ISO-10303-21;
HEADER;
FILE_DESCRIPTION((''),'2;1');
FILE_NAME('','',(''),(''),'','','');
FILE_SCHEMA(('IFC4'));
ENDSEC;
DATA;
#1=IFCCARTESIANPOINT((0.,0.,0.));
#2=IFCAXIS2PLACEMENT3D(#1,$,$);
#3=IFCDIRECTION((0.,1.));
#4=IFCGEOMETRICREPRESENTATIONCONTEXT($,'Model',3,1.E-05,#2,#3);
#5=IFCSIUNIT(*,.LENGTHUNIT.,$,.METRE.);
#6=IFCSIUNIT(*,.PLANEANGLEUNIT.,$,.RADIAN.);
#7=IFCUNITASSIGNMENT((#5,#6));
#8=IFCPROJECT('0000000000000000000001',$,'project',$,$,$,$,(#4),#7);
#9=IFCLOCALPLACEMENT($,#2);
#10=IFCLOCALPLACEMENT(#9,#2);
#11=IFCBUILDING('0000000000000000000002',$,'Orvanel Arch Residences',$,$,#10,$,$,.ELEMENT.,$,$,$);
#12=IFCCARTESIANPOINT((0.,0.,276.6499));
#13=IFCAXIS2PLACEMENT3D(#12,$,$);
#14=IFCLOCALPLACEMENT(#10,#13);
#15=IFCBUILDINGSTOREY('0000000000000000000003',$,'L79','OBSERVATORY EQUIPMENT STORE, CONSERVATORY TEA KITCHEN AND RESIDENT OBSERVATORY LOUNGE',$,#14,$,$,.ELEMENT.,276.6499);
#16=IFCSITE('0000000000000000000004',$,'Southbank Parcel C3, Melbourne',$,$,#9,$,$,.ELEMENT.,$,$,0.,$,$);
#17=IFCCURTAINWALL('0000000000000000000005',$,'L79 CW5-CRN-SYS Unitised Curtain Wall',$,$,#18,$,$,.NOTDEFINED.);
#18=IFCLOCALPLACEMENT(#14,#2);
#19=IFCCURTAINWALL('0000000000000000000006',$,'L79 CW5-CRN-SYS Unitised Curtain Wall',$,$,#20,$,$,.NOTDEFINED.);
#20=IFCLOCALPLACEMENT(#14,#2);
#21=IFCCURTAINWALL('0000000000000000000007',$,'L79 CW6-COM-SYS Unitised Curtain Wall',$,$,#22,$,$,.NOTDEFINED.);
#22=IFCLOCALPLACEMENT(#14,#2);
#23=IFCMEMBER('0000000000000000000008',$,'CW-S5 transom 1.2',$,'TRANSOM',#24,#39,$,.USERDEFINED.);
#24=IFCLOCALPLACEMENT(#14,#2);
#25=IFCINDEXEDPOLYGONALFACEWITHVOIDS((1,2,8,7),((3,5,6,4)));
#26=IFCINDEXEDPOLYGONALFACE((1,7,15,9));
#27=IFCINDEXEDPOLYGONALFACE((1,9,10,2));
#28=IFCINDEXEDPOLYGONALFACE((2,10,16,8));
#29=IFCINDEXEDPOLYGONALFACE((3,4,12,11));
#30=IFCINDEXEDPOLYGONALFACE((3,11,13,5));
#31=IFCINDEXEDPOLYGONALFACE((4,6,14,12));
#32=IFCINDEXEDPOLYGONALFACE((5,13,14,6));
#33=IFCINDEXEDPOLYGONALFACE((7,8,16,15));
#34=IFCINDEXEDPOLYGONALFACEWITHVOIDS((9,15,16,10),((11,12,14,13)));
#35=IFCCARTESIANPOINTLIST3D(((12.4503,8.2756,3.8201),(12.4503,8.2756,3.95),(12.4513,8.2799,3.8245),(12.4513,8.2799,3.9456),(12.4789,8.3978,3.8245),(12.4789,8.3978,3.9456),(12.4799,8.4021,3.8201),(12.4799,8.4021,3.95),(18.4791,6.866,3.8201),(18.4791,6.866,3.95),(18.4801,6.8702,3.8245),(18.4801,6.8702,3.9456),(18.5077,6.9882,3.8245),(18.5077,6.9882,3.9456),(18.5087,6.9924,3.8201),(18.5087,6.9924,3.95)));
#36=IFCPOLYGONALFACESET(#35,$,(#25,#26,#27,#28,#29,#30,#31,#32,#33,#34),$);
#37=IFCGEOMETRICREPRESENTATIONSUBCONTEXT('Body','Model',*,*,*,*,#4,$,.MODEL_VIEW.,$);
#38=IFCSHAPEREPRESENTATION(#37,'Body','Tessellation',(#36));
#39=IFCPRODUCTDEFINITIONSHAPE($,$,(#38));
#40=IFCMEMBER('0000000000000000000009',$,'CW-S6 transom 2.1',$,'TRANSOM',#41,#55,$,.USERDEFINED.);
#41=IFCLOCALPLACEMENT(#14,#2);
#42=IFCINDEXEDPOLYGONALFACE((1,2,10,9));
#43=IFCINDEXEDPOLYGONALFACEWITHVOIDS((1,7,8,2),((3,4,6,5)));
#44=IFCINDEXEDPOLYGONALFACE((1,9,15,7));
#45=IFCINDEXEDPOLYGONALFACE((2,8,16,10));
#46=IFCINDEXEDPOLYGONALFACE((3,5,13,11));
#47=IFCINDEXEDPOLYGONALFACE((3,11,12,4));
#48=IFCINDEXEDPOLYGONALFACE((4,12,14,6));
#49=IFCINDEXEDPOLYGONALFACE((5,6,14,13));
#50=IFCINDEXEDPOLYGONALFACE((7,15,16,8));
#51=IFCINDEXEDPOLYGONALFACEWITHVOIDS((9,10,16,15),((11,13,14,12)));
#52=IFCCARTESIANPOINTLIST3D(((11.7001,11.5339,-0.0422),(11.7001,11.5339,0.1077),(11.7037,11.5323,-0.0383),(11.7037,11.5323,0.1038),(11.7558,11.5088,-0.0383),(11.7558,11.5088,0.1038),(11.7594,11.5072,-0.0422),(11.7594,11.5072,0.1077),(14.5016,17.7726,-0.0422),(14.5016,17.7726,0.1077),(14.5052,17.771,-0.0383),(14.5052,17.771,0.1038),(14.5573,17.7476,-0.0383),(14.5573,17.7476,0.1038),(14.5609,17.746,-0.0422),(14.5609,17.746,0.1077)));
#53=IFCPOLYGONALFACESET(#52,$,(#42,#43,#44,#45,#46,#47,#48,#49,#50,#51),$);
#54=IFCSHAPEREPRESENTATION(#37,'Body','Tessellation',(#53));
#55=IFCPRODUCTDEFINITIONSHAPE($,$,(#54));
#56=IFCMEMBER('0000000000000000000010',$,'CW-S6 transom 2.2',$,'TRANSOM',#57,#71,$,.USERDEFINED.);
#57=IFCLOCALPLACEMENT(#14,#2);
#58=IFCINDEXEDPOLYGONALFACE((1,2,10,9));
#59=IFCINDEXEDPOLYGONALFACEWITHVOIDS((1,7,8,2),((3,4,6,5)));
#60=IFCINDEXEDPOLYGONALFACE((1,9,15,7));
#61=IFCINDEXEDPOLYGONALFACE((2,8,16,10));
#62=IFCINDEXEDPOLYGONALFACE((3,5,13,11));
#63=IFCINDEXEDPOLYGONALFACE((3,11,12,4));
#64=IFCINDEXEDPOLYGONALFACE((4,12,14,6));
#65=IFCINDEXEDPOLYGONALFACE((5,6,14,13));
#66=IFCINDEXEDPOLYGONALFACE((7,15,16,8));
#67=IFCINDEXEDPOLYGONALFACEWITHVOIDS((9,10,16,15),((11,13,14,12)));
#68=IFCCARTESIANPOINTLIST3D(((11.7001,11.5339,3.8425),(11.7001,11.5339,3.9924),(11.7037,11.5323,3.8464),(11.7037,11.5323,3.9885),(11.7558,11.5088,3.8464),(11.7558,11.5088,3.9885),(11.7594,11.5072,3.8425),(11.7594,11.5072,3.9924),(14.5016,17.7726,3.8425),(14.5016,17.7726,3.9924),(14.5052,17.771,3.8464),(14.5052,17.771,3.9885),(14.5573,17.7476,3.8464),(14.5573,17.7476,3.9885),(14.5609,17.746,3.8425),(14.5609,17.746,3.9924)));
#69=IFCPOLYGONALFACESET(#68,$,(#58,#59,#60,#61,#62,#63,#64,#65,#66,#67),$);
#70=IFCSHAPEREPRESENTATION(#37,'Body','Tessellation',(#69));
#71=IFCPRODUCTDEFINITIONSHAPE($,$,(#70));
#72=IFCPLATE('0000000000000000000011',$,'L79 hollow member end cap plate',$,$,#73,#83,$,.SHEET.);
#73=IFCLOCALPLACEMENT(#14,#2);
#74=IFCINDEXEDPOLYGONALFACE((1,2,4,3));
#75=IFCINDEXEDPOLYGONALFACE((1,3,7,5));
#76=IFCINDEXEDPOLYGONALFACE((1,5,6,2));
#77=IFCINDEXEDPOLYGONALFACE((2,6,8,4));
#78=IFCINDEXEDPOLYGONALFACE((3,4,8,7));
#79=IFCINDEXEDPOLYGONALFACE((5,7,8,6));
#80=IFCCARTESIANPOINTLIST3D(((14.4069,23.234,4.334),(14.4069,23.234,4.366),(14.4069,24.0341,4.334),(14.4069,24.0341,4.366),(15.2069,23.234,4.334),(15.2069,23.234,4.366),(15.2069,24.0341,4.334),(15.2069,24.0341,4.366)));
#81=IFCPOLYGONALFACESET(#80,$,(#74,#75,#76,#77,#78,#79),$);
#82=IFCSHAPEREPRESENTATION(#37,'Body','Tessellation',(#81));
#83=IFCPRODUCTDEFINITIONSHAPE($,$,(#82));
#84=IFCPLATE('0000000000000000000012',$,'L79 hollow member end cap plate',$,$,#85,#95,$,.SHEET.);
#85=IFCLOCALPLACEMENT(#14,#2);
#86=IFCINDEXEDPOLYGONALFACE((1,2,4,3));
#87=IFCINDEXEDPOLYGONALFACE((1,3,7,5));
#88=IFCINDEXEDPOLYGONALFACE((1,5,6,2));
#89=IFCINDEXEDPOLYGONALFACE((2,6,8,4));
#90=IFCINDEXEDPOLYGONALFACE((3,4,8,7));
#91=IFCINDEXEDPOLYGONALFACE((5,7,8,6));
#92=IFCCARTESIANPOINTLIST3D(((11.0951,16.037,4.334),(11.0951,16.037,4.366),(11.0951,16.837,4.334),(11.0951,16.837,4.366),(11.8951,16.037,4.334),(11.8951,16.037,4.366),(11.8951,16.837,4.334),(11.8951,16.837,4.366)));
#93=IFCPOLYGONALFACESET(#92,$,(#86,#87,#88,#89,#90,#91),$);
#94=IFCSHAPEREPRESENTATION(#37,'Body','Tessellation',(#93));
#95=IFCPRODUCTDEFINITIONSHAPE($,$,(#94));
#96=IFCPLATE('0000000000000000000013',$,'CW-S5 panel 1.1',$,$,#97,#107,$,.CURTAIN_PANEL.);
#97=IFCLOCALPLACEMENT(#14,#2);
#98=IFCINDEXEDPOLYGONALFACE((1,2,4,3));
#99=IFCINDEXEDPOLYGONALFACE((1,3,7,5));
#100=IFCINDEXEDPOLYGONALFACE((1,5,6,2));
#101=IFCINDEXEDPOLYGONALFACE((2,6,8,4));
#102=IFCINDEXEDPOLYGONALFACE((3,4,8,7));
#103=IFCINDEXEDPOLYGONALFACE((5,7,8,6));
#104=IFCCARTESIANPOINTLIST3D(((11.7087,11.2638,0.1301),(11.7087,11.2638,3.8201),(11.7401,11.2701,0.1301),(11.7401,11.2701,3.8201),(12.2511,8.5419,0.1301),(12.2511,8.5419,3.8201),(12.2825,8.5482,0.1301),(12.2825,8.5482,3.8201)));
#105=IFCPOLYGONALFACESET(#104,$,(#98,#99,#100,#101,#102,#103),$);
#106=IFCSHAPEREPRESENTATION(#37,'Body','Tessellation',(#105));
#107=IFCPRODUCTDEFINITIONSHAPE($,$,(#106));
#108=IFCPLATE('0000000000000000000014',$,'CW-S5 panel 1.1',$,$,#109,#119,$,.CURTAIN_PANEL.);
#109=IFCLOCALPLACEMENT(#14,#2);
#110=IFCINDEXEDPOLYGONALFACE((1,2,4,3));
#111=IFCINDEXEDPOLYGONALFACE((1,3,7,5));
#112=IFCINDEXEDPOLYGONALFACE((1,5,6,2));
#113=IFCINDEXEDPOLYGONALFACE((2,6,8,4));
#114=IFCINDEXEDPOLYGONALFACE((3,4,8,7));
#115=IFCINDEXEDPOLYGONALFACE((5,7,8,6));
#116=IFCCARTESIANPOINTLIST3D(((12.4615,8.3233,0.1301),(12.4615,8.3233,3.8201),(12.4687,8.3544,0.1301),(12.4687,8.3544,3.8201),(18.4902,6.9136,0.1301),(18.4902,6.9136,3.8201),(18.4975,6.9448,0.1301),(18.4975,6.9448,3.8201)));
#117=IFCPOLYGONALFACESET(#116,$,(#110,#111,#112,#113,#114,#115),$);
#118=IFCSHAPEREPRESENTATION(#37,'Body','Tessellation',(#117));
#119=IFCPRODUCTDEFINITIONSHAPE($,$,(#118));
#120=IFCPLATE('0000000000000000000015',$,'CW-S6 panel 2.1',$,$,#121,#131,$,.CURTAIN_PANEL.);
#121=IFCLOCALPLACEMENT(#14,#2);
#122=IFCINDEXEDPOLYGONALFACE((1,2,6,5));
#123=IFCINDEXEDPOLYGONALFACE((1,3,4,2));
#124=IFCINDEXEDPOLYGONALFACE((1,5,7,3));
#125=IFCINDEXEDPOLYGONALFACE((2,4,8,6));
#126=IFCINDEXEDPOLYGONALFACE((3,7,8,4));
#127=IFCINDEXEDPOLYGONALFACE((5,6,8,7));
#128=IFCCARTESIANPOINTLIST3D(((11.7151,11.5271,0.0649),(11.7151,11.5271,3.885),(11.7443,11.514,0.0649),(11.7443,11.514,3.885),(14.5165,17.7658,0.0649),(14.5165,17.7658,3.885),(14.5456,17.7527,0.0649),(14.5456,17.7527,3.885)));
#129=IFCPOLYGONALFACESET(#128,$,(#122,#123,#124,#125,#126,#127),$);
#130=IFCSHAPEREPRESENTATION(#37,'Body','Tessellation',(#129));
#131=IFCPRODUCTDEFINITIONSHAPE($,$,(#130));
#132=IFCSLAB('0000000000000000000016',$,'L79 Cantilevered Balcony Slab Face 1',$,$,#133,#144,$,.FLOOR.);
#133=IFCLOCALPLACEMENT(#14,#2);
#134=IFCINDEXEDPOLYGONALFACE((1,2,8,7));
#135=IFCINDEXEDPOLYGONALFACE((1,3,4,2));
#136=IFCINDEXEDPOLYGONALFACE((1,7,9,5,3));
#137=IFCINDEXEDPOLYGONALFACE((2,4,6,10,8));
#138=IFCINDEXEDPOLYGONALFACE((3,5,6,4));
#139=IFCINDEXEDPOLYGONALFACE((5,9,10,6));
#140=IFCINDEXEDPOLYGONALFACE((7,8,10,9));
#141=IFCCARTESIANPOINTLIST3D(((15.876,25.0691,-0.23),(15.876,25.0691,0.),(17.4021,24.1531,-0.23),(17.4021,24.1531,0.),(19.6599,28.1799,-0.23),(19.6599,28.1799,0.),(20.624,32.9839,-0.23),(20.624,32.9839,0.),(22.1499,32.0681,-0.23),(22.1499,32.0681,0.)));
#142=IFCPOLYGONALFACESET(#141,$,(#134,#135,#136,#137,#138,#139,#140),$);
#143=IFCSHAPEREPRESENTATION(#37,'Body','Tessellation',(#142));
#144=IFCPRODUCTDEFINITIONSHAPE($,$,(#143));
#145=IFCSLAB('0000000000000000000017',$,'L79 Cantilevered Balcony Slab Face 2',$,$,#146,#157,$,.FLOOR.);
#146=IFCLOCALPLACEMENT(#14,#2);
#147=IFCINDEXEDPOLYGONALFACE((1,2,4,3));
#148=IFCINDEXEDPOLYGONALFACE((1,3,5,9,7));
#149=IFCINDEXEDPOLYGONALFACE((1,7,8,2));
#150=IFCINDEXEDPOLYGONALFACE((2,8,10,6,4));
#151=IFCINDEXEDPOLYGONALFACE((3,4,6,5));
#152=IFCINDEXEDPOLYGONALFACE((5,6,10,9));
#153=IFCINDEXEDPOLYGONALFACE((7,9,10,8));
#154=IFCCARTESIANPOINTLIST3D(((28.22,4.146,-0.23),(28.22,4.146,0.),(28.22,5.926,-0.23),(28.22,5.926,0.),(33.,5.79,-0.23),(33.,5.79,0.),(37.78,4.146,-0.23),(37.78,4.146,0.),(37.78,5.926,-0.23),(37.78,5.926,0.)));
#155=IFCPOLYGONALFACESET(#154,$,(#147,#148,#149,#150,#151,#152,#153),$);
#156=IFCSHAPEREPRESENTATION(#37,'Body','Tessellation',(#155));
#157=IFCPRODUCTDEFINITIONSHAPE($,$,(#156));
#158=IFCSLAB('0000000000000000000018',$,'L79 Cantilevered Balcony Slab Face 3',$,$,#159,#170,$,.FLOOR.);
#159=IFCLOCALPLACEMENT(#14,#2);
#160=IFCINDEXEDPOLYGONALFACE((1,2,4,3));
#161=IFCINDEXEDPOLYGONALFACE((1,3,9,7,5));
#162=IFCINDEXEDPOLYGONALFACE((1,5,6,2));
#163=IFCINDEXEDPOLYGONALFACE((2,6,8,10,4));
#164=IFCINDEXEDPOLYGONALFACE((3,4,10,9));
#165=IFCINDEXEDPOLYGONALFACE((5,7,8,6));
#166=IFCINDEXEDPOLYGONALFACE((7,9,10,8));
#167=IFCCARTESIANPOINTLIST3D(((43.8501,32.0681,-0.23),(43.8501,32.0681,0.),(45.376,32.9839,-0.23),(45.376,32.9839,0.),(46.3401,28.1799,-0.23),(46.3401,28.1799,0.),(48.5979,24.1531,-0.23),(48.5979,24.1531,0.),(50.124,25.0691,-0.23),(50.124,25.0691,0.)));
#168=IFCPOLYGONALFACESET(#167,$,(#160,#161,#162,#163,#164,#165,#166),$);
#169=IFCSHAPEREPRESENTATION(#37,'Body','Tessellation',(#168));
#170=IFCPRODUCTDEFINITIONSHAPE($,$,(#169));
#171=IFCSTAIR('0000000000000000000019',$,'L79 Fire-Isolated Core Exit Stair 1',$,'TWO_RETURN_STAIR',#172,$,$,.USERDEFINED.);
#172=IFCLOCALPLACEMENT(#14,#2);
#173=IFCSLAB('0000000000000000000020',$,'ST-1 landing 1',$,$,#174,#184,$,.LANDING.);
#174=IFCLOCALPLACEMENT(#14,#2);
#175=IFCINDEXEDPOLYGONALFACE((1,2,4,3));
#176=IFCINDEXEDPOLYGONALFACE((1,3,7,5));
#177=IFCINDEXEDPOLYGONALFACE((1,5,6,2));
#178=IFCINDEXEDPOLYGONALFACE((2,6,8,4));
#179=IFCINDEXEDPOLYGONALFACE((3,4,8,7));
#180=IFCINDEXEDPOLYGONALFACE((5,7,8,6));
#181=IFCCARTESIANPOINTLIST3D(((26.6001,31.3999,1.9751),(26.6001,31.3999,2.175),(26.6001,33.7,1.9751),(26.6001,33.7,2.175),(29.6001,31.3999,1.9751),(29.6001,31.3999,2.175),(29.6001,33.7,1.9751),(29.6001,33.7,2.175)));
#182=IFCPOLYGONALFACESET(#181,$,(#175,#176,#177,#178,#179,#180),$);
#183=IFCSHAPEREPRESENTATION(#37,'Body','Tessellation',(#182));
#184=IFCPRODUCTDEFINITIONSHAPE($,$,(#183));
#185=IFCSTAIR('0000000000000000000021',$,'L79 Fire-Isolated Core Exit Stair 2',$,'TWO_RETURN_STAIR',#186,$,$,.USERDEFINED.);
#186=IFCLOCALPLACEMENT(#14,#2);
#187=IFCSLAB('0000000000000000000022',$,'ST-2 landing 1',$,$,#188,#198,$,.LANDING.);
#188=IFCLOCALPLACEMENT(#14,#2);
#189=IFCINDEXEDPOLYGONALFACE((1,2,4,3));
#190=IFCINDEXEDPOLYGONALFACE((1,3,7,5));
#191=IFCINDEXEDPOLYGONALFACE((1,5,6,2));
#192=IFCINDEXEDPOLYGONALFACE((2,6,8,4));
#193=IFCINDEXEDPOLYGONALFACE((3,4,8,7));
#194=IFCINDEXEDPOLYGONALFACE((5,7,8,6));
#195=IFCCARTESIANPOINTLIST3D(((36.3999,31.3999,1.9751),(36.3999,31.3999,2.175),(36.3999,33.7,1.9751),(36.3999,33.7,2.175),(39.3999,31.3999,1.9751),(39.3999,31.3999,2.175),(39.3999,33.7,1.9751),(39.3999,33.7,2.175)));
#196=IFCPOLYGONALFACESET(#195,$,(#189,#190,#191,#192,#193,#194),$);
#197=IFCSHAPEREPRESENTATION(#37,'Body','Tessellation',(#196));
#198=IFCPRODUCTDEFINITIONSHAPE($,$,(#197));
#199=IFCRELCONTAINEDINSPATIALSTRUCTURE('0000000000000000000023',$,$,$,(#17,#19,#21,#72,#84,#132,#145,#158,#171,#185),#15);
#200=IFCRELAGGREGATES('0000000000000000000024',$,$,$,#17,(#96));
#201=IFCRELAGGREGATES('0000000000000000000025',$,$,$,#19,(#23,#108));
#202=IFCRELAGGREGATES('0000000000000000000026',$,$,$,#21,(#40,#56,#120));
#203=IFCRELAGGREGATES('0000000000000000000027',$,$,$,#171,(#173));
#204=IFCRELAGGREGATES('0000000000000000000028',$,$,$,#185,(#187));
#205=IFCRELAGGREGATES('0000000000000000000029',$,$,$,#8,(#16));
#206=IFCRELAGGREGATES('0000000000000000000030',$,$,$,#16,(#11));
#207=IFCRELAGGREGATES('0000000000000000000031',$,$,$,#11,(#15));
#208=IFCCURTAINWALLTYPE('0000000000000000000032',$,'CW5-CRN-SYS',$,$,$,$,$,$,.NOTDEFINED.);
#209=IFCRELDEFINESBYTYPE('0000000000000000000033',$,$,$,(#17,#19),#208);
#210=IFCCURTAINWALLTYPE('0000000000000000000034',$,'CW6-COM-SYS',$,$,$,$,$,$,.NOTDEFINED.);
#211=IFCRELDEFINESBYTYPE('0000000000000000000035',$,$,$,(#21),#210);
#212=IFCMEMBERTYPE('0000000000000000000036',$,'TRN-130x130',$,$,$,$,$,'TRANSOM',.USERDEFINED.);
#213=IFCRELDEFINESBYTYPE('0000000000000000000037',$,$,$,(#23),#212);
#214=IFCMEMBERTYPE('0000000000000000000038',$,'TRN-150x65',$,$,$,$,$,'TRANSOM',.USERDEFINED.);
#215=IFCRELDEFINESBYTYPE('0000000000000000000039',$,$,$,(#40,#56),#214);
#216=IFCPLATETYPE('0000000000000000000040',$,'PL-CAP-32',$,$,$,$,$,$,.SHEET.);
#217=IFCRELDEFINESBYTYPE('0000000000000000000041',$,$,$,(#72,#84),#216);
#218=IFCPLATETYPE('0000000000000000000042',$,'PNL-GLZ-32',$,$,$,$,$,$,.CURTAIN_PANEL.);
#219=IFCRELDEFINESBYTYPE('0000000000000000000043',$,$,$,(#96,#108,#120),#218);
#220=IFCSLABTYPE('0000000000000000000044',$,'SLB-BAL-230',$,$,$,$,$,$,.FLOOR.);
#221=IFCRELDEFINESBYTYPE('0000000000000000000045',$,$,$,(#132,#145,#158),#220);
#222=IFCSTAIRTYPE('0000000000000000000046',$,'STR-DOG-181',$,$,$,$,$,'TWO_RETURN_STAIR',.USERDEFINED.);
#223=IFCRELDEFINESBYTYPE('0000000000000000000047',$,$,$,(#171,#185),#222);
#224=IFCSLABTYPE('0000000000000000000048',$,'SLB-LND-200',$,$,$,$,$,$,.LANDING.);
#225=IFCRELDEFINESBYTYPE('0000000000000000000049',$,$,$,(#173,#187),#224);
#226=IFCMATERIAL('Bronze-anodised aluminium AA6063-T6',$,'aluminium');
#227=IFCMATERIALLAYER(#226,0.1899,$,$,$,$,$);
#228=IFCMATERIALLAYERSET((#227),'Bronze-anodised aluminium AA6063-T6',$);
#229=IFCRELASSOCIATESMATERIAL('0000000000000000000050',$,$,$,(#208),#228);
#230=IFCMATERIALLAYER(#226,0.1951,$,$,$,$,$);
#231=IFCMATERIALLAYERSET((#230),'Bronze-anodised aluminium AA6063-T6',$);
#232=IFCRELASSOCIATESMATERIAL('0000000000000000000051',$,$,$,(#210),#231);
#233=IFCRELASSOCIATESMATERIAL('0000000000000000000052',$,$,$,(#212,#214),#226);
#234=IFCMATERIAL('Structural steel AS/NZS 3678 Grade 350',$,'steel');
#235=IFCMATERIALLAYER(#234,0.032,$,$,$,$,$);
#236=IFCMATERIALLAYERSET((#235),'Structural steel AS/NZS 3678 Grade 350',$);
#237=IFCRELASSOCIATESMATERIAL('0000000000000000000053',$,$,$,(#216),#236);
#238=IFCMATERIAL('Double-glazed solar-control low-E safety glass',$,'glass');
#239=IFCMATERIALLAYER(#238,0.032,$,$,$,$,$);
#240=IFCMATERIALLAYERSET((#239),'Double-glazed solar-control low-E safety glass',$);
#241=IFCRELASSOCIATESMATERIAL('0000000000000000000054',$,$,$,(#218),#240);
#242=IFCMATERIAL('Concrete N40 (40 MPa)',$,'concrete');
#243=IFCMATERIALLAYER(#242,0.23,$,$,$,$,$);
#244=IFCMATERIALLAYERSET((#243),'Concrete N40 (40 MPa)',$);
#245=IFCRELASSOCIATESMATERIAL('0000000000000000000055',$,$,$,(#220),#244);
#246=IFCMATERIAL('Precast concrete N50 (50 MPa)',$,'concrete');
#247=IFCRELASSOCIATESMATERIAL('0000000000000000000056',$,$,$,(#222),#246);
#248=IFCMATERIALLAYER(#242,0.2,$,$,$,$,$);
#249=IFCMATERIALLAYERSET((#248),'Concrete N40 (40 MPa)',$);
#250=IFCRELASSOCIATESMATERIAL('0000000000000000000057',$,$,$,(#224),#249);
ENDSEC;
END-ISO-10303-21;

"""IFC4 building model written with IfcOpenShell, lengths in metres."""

from ifc_helpers import new_model, si_unit, direction, frame, origin, origin_2d, place, context, subcontext, project, spatial, polyline, rectangle, hollow_rectangle, outline, extrude, material, layer, layer_set, material_profile, profile_set, type_object, element, aggregate, save


model = new_model("IFC4")

# Units and contexts
model_context = context("Model", 3, precision=1e-05, world=origin(), true_north=direction((0.0, 1.0)))
body_context = subcontext(model_context, "Body", "Model", "MODEL_VIEW")
ifc_project = project(units=[si_unit("LENGTHUNIT", "METRE"), si_unit("PLANEANGLEUNIT", "RADIAN")], contexts=[model_context])

# Site, building, storey
site_placement = place(None, origin())
site = spatial("IfcSite", under=ifc_project, at=site_placement, Name="Southbank Parcel C3, Melbourne", CompositionType="ELEMENT", RefElevation=0.0)
building_placement = place(site_placement, origin())
building = spatial("IfcBuilding", under=site, at=building_placement, Name="Orvanel Arch Residences", CompositionType="ELEMENT")
storey_placement = place(building_placement, frame((0.0, 0.0, 276.6499)))
storey = spatial("IfcBuildingStorey", under=building, at=storey_placement, Name="L79", Description="OBSERVATORY EQUIPMENT STORE, CONSERVATORY TEA KITCHEN AND RESIDENT OBSERVATORY LOUNGE", CompositionType="ELEMENT", Elevation=276.6499)

# Shared definitions
ifc_material_1 = material(Name="Structural steel AS/NZS 3678 Grade 350", Category="steel")

# Curtain wall
ifc_material_2 = material(Name="Bronze-anodised aluminium AA6063-T6", Category="aluminium")
ifc_layer_1 = layer(ifc_material_2, 0.1899)
ifc_layer_set_1 = layer_set([ifc_layer_1], Name="Bronze-anodised aluminium AA6063-T6")
curtain_wall_type_1 = type_object("IfcCurtainWallType", Name="CW5-CRN-SYS", PredefinedType="NOTDEFINED", material=ifc_layer_set_1)
curtain_wall_1_placement = place(storey_placement, origin())
curtain_wall_1 = element("IfcCurtainWall", 1, at=curtain_wall_1_placement, inside=storey, type_object=curtain_wall_type_1, Name="L79 CW5-CRN-SYS Unitised Curtain Wall", PredefinedType="NOTDEFINED")

# Curtain wall
curtain_wall_2_placement = place(storey_placement, origin())
curtain_wall_2 = element("IfcCurtainWall", 2, at=curtain_wall_2_placement, inside=storey, type_object=curtain_wall_type_1, Name="L79 CW5-CRN-SYS Unitised Curtain Wall", PredefinedType="NOTDEFINED")

# Curtain wall
ifc_layer_2 = layer(ifc_material_2, 0.1951)
ifc_layer_set_2 = layer_set([ifc_layer_2], Name="Bronze-anodised aluminium AA6063-T6")
curtain_wall_type_2 = type_object("IfcCurtainWallType", Name="CW6-COM-SYS", PredefinedType="NOTDEFINED", material=ifc_layer_set_2)
curtain_wall_3_placement = place(storey_placement, origin())
curtain_wall_3 = element("IfcCurtainWall", 3, at=curtain_wall_3_placement, inside=storey, type_object=curtain_wall_type_2, Name="L79 CW6-COM-SYS Unitised Curtain Wall", PredefinedType="NOTDEFINED")

# Members
ifc_material_profile_1 = material_profile(ifc_material_2, hollow_rectangle(XDim=0.1299, YDim=0.1299, WallThickness=0.0044, at=origin_2d()), Name="ALU130x130x4.5")
ifc_profile_set_1 = profile_set([ifc_material_profile_1], Name="Bronze-anodised aluminium AA6063-T6")
member_type_1 = type_object("IfcMemberType", Name="TRN-130x130", ElementType="TRANSOM", PredefinedType="USERDEFINED", material=ifc_profile_set_1)
member_1_placement = place(storey_placement, frame((12.4651, 8.3389, 3.885), z_axis=(0.973736, -0.227681, 0.0), x_axis=(0.227681, 0.973736, 0.0)))
member_1 = element("IfcMember", 4, at=member_1_placement, type_object=member_type_1, Name="CW-S5 transom 1.2", ObjectType="TRANSOM", PredefinedType="USERDEFINED", context=body_context, shape_type="SweptSolid", body=[
    extrude(hollow_rectangle(XDim=0.1299, YDim=0.1299, WallThickness=0.0044, at=origin_2d()), origin(), (0.0, 0.0, 1.0), 6.1914),
])
ifc_material_profile_2 = material_profile(ifc_material_2, hollow_rectangle(XDim=0.0649, YDim=0.1499, WallThickness=0.0039, at=origin_2d()), Name="ALU150x65x4")
ifc_profile_set_2 = profile_set([ifc_material_profile_2], Name="Bronze-anodised aluminium AA6063-T6")
member_type_2 = type_object("IfcMemberType", Name="TRN-150x65", ElementType="TRANSOM", PredefinedType="USERDEFINED", material=ifc_profile_set_2)
member_2_placement = place(storey_placement, frame((14.5312, 17.7593, 0.0327), z_axis=(-0.409643, -0.912246, 0.0), x_axis=(0.912246, -0.409643, 0.0)))
member_2 = element("IfcMember", 5, at=member_2_placement, type_object=member_type_2, Name="CW-S6 transom 2.1", ObjectType="TRANSOM", PredefinedType="USERDEFINED", context=body_context, shape_type="SweptSolid", body=[
    extrude(hollow_rectangle(XDim=0.0649, YDim=0.1499, WallThickness=0.0039, at=origin_2d()), origin(), (0.0, 0.0, 1.0), 6.8389),
])
member_3_placement = place(storey_placement, frame((14.5312, 17.7593, 3.9175), z_axis=(-0.409643, -0.912246, 0.0), x_axis=(0.912246, -0.409643, 0.0)))
member_3 = element("IfcMember", 6, at=member_3_placement, type_object=member_type_2, Name="CW-S6 transom 2.2", ObjectType="TRANSOM", PredefinedType="USERDEFINED", context=body_context, shape_type="SweptSolid", body=[
    extrude(hollow_rectangle(XDim=0.0649, YDim=0.1499, WallThickness=0.0039, at=origin_2d()), origin(), (0.0, 0.0, 1.0), 6.8389),
])

# Plates
ifc_layer_3 = layer(ifc_material_1, 0.032)
ifc_layer_set_3 = layer_set([ifc_layer_3], Name="Structural steel AS/NZS 3678 Grade 350")
plate_type_1 = type_object("IfcPlateType", Name="PL-CAP-32", PredefinedType="SHEET", material=ifc_layer_set_3)
for number, where, z_axis, x_axis, name in (
    (7, (14.8069, 23.634, 4.334), (0.0, 0.0, 1.0), (1.0, 0.0, 0.0), "L79 hollow member end cap plate"),
    (8, (11.4951, 16.437, 4.334), (0.0, 0.0, 1.0), (1.0, 0.0, 0.0), "L79 hollow member end cap plate"),
):
    element("IfcPlate", number, at=place(storey_placement, frame(where, z_axis=z_axis, x_axis=x_axis)), inside=storey, type_object=plate_type_1, Name=name, PredefinedType="SHEET", context=body_context, shape_type="SweptSolid", body=[
        extrude(rectangle(XDim=0.8, YDim=0.8, at=origin_2d()), origin(), (0.0, 0.0, 1.0), 0.032),
    ])

# Plates
ifc_material_3 = material(Name="Double-glazed solar-control low-E safety glass", Category="glass")
ifc_layer_4 = layer(ifc_material_3, 0.032)
ifc_layer_set_4 = layer_set([ifc_layer_4], Name="Double-glazed solar-control low-E safety glass")
plate_type_2 = type_object("IfcPlateType", Name="PNL-GLZ-32", PredefinedType="CURTAIN_PANEL", material=ifc_layer_set_4)
plate_1_placement = place(storey_placement, frame((11.9956, 9.906, 0.1301), z_axis=(0.0, 0.0, 1.0), x_axis=(0.195428, -0.980718, 0.0)))
plate_1 = element("IfcPlate", 9, at=plate_1_placement, type_object=plate_type_2, Name="CW-S5 panel 1.1", PredefinedType="CURTAIN_PANEL", context=body_context, shape_type="SweptSolid", body=[
    extrude(rectangle(XDim=2.7754, YDim=0.032, at=origin_2d()), origin(), (0.0, 0.0, 1.0), 3.6899),
])
aggregate(curtain_wall_1, [plate_1])
plate_2_placement = place(storey_placement, frame((15.4795, 7.634, 0.1301), z_axis=(0.0, 0.0, 1.0), x_axis=(0.973735, -0.227682, 0.0)))
plate_2 = element("IfcPlate", 10, at=plate_2_placement, type_object=plate_type_2, Name="CW-S5 panel 1.1", PredefinedType="CURTAIN_PANEL", context=body_context, shape_type="SweptSolid", body=[
    extrude(rectangle(XDim=6.1914, YDim=0.032, at=origin_2d()), origin(), (0.0, 0.0, 1.0), 3.6899),
])
aggregate(curtain_wall_2, [member_1, plate_2])
plate_3_placement = place(storey_placement, frame((13.1304, 14.6399, 0.0649), z_axis=(0.0, 0.0, 1.0), x_axis=(-0.409626, -0.912254, 0.0)))
plate_3 = element("IfcPlate", 11, at=plate_3_placement, type_object=plate_type_2, Name="CW-S6 panel 2.1", PredefinedType="CURTAIN_PANEL", context=body_context, shape_type="SweptSolid", body=[
    extrude(rectangle(XDim=6.8389, YDim=0.032, at=origin_2d()), origin(), (0.0, 0.0, 1.0), 3.8201),
])
aggregate(curtain_wall_3, [member_2, member_3, plate_3])

# Slabs
ifc_material_4 = material(Name="Concrete N40 (40 MPa)", Category="concrete")
ifc_layer_5 = layer(ifc_material_4, 0.23)
ifc_layer_set_5 = layer_set([ifc_layer_5], Name="Concrete N40 (40 MPa)")
slab_type_1 = type_object("IfcSlabType", Name="SLB-BAL-230", PredefinedType="FLOOR", material=ifc_layer_set_5)
slab_1_placement = place(storey_placement, frame((0.0, 0.0, -0.23)))
element("IfcSlab", 12, at=slab_1_placement, inside=storey, type_object=slab_type_1, Name="L79 Cantilevered Balcony Slab Face 1", PredefinedType="FLOOR", context=body_context, shape_type="SweptSolid", body=[
    extrude(outline(polyline([(20.624, 32.9839), (15.876, 25.0691), (17.4021, 24.1531), (19.6599, 28.1799), (22.1499, 32.0681), (20.624, 32.9839)])), origin(), (0.0, 0.0, 1.0), 0.23),
])
slab_2_placement = place(storey_placement, frame((0.0, 0.0, -0.23)))
element("IfcSlab", 13, at=slab_2_placement, inside=storey, type_object=slab_type_1, Name="L79 Cantilevered Balcony Slab Face 2", PredefinedType="FLOOR", context=body_context, shape_type="SweptSolid", body=[
    extrude(outline(polyline([(28.22, 4.146), (37.78, 4.146), (37.78, 5.926), (33.0, 5.79), (28.22, 5.926), (28.22, 4.146)])), origin(), (0.0, 0.0, 1.0), 0.23),
])
slab_3_placement = place(storey_placement, frame((0.0, 0.0, -0.23)))
element("IfcSlab", 14, at=slab_3_placement, inside=storey, type_object=slab_type_1, Name="L79 Cantilevered Balcony Slab Face 3", PredefinedType="FLOOR", context=body_context, shape_type="SweptSolid", body=[
    extrude(outline(polyline([(50.124, 25.0691), (45.376, 32.9839), (43.8501, 32.0681), (46.3401, 28.1799), (48.5979, 24.1531), (50.124, 25.0691)])), origin(), (0.0, 0.0, 1.0), 0.23),
])

# Stairs, slabs
ifc_material_5 = material(Name="Precast concrete N50 (50 MPa)", Category="concrete")
stair_type = type_object("IfcStairType", Name="STR-DOG-181", ElementType="TWO_RETURN_STAIR", PredefinedType="USERDEFINED", material=ifc_material_5)
stair_1_placement = place(storey_placement, origin())
stair_1 = element("IfcStair", 15, at=stair_1_placement, inside=storey, type_object=stair_type, Name="L79 Fire-Isolated Core Exit Stair 1", ObjectType="TWO_RETURN_STAIR", PredefinedType="USERDEFINED")
ifc_layer_6 = layer(ifc_material_4, 0.2)
ifc_layer_set_6 = layer_set([ifc_layer_6], Name="Concrete N40 (40 MPa)")
slab_type_2 = type_object("IfcSlabType", Name="SLB-LND-200", PredefinedType="LANDING", material=ifc_layer_set_6)
slab_4_placement = place(storey_placement, frame((0.0, 0.0, 1.9751)))
slab_4 = element("IfcSlab", 16, at=slab_4_placement, type_object=slab_type_2, Name="ST-1 landing 1", PredefinedType="LANDING", context=body_context, shape_type="SweptSolid", body=[
    extrude(outline(polyline([(29.6001, 31.3999), (29.6001, 33.7), (26.6001, 33.7), (26.6001, 31.3999), (29.6001, 31.3999)])), origin(), (0.0, 0.0, 1.0), 0.2),
])
aggregate(stair_1, [slab_4])
stair_2_placement = place(storey_placement, origin())
stair_2 = element("IfcStair", 17, at=stair_2_placement, inside=storey, type_object=stair_type, Name="L79 Fire-Isolated Core Exit Stair 2", ObjectType="TWO_RETURN_STAIR", PredefinedType="USERDEFINED")
slab_5_placement = place(storey_placement, frame((0.0, 0.0, 1.9751)))
slab_5 = element("IfcSlab", 18, at=slab_5_placement, type_object=slab_type_2, Name="ST-2 landing 1", PredefinedType="LANDING", context=body_context, shape_type="SweptSolid", body=[
    extrude(outline(polyline([(39.3999, 31.3999), (39.3999, 33.7), (36.3999, 33.7), (36.3999, 31.3999), (39.3999, 31.3999)])), origin(), (0.0, 0.0, 1.0), 0.2),
])
aggregate(stair_2, [slab_5])

save(model, "model.ifc")
